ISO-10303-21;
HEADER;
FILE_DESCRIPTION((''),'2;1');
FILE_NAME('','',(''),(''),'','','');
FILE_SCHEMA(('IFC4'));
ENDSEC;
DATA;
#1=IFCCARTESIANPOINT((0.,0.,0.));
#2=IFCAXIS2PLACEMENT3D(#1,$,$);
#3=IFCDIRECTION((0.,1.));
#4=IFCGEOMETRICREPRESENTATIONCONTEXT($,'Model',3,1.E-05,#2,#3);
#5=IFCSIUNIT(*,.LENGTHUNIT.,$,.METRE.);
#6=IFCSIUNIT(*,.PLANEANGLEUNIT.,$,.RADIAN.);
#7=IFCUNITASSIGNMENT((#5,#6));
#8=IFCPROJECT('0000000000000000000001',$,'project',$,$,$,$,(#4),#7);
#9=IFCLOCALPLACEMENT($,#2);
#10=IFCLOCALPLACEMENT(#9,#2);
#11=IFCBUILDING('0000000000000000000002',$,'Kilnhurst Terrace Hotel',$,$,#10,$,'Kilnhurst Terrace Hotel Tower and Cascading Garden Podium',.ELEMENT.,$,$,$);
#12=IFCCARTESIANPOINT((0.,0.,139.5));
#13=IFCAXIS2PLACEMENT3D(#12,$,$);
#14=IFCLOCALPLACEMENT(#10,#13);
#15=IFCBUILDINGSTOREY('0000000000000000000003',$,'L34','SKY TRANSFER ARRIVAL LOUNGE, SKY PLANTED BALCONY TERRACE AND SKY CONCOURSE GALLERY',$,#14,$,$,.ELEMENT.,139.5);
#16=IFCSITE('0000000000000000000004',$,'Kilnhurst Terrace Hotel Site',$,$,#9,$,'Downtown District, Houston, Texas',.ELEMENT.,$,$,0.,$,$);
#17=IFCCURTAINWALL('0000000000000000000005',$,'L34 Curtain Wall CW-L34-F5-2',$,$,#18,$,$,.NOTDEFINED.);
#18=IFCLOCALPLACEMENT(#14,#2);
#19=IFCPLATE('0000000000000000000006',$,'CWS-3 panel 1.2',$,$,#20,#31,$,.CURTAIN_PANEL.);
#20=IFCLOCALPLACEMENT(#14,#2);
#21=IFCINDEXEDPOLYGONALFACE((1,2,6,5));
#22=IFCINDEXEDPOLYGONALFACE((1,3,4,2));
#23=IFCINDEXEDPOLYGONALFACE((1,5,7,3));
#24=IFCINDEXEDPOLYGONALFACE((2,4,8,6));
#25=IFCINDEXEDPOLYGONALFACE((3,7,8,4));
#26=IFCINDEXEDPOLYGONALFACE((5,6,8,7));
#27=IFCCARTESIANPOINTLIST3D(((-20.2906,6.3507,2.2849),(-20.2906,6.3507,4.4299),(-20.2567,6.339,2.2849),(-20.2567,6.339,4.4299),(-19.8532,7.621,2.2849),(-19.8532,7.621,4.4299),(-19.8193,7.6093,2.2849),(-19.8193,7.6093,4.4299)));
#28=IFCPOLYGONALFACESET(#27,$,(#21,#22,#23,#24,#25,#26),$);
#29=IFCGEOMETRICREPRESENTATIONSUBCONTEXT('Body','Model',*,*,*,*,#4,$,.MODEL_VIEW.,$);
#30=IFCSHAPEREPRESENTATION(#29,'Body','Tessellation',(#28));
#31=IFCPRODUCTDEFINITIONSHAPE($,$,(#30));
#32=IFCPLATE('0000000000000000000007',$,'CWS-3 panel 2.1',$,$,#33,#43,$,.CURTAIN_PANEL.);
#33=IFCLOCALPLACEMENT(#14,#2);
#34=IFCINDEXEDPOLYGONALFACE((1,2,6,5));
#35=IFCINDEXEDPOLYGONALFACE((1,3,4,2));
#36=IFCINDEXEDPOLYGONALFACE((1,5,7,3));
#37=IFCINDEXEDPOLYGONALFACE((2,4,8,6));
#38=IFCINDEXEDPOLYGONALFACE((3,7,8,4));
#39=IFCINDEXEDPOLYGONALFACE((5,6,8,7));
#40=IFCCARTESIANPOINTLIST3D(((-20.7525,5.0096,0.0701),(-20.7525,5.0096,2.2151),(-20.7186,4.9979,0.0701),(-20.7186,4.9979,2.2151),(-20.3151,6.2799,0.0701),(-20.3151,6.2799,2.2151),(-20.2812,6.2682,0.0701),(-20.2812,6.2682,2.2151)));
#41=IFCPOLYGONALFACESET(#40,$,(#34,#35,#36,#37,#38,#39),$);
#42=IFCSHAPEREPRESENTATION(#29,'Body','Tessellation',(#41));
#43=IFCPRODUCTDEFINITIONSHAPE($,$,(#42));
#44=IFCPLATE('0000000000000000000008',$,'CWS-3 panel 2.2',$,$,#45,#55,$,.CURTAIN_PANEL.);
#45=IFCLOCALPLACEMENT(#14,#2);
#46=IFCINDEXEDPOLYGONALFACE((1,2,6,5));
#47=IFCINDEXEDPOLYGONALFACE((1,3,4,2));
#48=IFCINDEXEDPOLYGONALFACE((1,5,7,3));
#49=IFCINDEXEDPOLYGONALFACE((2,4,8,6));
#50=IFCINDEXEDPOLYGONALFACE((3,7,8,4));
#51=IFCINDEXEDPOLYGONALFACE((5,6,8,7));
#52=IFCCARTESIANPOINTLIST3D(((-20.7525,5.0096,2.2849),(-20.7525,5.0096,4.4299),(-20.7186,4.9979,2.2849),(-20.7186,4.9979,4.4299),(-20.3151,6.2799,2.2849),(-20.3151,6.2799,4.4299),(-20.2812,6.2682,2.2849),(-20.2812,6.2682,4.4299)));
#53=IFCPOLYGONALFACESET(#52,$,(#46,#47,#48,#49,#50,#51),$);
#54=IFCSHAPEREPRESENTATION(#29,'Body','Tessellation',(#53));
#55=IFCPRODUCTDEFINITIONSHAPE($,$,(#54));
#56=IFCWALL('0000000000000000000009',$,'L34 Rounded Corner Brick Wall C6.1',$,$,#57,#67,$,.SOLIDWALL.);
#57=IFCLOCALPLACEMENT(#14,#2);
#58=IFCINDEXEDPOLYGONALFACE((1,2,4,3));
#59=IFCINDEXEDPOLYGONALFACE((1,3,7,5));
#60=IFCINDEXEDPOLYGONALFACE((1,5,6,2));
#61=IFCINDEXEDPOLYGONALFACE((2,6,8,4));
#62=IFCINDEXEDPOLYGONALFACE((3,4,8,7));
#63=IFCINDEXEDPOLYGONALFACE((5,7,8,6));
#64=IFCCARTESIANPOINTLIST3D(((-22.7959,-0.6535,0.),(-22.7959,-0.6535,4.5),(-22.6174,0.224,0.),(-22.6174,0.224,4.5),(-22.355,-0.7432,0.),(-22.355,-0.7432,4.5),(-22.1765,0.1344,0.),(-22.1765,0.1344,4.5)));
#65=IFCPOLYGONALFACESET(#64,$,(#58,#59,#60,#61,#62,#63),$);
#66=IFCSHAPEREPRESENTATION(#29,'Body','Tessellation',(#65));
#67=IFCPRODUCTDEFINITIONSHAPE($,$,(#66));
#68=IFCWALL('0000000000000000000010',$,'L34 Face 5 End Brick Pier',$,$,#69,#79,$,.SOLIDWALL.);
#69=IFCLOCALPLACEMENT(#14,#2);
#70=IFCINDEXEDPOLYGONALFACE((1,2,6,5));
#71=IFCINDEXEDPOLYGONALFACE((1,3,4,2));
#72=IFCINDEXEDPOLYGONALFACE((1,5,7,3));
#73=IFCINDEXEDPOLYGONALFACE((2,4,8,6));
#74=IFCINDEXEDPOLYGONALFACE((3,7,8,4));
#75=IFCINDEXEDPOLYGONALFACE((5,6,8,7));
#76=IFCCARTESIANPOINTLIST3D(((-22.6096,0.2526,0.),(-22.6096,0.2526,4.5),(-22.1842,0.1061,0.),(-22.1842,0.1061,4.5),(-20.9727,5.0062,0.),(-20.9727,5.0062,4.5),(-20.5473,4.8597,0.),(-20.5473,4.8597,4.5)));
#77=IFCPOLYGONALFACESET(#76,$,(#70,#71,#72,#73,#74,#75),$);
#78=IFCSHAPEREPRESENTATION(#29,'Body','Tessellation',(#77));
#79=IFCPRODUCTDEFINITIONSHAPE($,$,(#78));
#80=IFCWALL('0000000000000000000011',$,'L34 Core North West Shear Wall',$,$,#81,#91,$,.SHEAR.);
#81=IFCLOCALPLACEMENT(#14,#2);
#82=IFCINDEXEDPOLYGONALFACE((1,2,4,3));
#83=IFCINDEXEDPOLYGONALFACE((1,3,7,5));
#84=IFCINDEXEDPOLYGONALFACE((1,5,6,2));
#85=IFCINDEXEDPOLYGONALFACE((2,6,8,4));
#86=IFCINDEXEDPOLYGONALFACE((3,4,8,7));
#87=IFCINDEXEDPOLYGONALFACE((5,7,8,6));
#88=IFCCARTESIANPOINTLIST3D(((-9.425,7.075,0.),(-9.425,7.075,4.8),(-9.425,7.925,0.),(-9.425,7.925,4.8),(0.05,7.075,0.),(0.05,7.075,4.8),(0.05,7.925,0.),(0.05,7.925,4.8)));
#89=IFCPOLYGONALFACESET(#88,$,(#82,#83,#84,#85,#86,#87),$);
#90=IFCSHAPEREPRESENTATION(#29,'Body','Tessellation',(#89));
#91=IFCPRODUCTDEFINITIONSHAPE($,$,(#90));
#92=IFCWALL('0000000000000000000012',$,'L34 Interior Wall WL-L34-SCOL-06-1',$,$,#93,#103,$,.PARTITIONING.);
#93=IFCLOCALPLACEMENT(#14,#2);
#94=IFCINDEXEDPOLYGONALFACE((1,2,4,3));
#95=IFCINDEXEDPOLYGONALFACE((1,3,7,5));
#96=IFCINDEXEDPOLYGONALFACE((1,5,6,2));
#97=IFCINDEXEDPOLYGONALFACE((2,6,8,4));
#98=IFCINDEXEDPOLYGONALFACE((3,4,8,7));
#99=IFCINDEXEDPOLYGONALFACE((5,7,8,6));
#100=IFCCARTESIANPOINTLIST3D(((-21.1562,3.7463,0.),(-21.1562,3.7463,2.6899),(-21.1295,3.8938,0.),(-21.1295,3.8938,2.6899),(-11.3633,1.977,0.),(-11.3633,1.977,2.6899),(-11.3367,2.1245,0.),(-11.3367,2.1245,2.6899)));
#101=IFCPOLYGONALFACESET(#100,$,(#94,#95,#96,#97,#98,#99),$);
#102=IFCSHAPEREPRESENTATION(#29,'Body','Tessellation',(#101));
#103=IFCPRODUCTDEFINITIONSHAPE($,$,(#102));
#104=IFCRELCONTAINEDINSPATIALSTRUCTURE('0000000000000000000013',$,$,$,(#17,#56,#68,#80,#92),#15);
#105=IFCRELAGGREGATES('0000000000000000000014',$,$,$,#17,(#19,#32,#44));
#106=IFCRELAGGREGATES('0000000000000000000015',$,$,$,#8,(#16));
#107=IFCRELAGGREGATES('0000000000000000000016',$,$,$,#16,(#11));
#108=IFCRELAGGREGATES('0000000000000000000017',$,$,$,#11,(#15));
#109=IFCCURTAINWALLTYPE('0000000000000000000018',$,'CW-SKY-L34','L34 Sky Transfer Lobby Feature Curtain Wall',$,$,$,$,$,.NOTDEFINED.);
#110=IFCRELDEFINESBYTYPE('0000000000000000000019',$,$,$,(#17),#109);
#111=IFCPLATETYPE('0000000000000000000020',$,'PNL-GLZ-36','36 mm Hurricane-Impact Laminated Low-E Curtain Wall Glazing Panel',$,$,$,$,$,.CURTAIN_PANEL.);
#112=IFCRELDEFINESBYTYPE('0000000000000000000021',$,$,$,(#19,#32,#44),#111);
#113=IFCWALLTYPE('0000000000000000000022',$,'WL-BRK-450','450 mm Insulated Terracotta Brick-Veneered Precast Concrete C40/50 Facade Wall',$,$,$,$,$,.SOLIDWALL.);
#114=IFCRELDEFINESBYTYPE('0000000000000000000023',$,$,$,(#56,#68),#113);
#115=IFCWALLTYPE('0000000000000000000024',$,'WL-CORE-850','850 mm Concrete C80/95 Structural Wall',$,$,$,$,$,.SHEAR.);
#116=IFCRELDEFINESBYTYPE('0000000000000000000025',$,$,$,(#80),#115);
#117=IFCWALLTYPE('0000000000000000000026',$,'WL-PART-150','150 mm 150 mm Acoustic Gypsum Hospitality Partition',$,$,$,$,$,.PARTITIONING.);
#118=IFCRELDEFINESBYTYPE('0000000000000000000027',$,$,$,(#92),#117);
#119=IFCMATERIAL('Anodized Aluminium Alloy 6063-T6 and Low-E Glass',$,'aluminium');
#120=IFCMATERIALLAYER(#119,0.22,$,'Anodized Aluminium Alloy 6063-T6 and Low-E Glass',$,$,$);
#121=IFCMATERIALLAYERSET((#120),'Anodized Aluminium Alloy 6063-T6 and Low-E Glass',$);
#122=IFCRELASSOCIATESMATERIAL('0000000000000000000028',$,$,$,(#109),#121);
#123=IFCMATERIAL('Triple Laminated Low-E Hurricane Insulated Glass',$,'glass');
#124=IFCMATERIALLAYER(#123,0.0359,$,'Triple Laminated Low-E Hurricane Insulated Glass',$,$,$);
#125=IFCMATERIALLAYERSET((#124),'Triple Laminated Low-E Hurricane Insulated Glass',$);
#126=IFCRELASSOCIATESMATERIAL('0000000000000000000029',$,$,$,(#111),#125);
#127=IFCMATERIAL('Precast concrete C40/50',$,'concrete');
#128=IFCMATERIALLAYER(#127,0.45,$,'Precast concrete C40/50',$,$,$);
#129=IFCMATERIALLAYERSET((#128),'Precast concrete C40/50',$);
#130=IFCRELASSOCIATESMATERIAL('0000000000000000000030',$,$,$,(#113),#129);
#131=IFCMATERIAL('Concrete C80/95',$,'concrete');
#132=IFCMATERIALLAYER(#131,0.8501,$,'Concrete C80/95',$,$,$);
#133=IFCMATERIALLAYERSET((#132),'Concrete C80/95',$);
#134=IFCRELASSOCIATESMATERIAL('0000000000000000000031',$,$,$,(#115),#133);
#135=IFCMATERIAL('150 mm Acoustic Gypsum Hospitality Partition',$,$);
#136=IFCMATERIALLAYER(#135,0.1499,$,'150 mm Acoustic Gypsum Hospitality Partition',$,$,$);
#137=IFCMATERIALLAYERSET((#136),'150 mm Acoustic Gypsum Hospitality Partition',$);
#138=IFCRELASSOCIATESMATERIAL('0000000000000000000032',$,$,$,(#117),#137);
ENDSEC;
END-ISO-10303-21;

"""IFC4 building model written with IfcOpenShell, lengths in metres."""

from ifc_helpers import new_model, si_unit, direction, frame, frame_2d, origin, origin_2d, place, context, subcontext, project, spatial, rectangle, extrude, material, layer, layer_set, type_object, element, aggregate, save


model = new_model("IFC4")

# Units and contexts
model_context = context("Model", 3, precision=1e-05, world=origin(), true_north=direction((0.0, 1.0)))
body_context = subcontext(model_context, "Body", "Model", "MODEL_VIEW")
ifc_project = project(units=[si_unit("LENGTHUNIT", "METRE"), si_unit("PLANEANGLEUNIT", "RADIAN")], contexts=[model_context])

# Site, building, storey
site_placement = place(None, origin())
site = spatial("IfcSite", under=ifc_project, at=site_placement, Name="Kilnhurst Terrace Hotel Site", LongName="Downtown District, Houston, Texas", CompositionType="ELEMENT", RefElevation=0.0)
building_placement = place(site_placement, origin())
building = spatial("IfcBuilding", under=site, at=building_placement, Name="Kilnhurst Terrace Hotel", LongName="Kilnhurst Terrace Hotel Tower and Cascading Garden Podium", CompositionType="ELEMENT")
storey_placement = place(building_placement, frame((0.0, 0.0, 139.5)))
storey = spatial("IfcBuildingStorey", under=building, at=storey_placement, Name="L34", Description="SKY TRANSFER ARRIVAL LOUNGE, SKY PLANTED BALCONY TERRACE AND SKY CONCOURSE GALLERY", CompositionType="ELEMENT", Elevation=139.5)

# Shared definitions
ifc_material_1 = material(Name="Concrete C80/95", Category="concrete")

# Curtain wall
ifc_material_2 = material(Name="Anodized Aluminium Alloy 6063-T6 and Low-E Glass", Category="aluminium")
ifc_layer_1 = layer(ifc_material_2, 0.22, Name="Anodized Aluminium Alloy 6063-T6 and Low-E Glass")
ifc_layer_set_1 = layer_set([ifc_layer_1], Name="Anodized Aluminium Alloy 6063-T6 and Low-E Glass")
curtain_wall_type = type_object("IfcCurtainWallType", Name="CW-SKY-L34", Description="L34 Sky Transfer Lobby Feature Curtain Wall", PredefinedType="NOTDEFINED", material=ifc_layer_set_1)
curtain_wall_placement = place(storey_placement, origin())
curtain_wall = element("IfcCurtainWall", 1, at=curtain_wall_placement, inside=storey, type_object=curtain_wall_type, Name="L34 Curtain Wall CW-L34-F5-2", PredefinedType="NOTDEFINED")

# Plates
ifc_material_3 = material(Name="Triple Laminated Low-E Hurricane Insulated Glass", Category="glass")
ifc_layer_2 = layer(ifc_material_3, 0.0359, Name="Triple Laminated Low-E Hurricane Insulated Glass")
ifc_layer_set_2 = layer_set([ifc_layer_2], Name="Triple Laminated Low-E Hurricane Insulated Glass")
plate_type = type_object("IfcPlateType", Name="PNL-GLZ-36", Description="36 mm Hurricane-Impact Laminated Low-E Curtain Wall Glazing Panel", PredefinedType="CURTAIN_PANEL", material=ifc_layer_set_2)
plate_1_placement = place(storey_placement, frame((-20.0549, 6.98, 2.2849), z_axis=(0.0, 0.0, 1.0), x_axis=(-0.325587, -0.945512, 0.0)))
plate_1 = element("IfcPlate", 2, at=plate_1_placement, type_object=plate_type, Name="CWS-3 panel 1.2", PredefinedType="CURTAIN_PANEL", context=body_context, shape_type="SweptSolid", body=[
    extrude(rectangle(XDim=1.3435, YDim=0.0359, at=origin_2d()), origin(), (0.0, 0.0, 1.0), 2.145),
])
plate_2_placement = place(storey_placement, frame((-20.5168, 5.6389, 0.0701), z_axis=(0.0, 0.0, 1.0), x_axis=(-0.325587, -0.945512, 0.0)))
plate_2 = element("IfcPlate", 3, at=plate_2_placement, type_object=plate_type, Name="CWS-3 panel 2.1", PredefinedType="CURTAIN_PANEL", context=body_context, shape_type="SweptSolid", body=[
    extrude(rectangle(XDim=1.3435, YDim=0.0359, at=origin_2d()), origin(), (0.0, 0.0, 1.0), 2.145),
])
plate_3_placement = place(storey_placement, frame((-20.5168, 5.6389, 2.2849), z_axis=(0.0, 0.0, 1.0), x_axis=(-0.325587, -0.945512, 0.0)))
plate_3 = element("IfcPlate", 4, at=plate_3_placement, type_object=plate_type, Name="CWS-3 panel 2.2", PredefinedType="CURTAIN_PANEL", context=body_context, shape_type="SweptSolid", body=[
    extrude(rectangle(XDim=1.3435, YDim=0.0359, at=origin_2d()), origin(), (0.0, 0.0, 1.0), 2.145),
])
aggregate(curtain_wall, [plate_1, plate_2, plate_3])

# Walls
ifc_material_4 = material(Name="Precast concrete C40/50", Category="concrete")
ifc_layer_3 = layer(ifc_material_4, 0.45, Name="Precast concrete C40/50")
ifc_layer_set_3 = layer_set([ifc_layer_3], Name="Precast concrete C40/50")
wall_type_1 = type_object("IfcWallType", Name="WL-BRK-450", Description="450 mm Insulated Terracotta Brick-Veneered Precast Concrete C40/50 Facade Wall", PredefinedType="SOLIDWALL", material=ifc_layer_set_3)
wall_1_placement = place(storey_placement, frame((-22.397, 0.1792, 0.0), z_axis=(0.0, 0.0, 1.0), x_axis=(-0.199314, -0.979936, 0.0)))
element("IfcWall", 5, at=wall_1_placement, inside=storey, type_object=wall_type_1, Name="L34 Rounded Corner Brick Wall C6.1", PredefinedType="SOLIDWALL", context=body_context, shape_type="SweptSolid", body=[
    extrude(rectangle(XDim=0.8955, YDim=0.45, at=frame_2d((0.4478, 0.0))), origin(), (0.0, 0.0, 1.0), 4.5),
])
wall_2_placement = place(storey_placement, frame((-20.76, 4.9329, 0.0), z_axis=(0.0, 0.0, 1.0), x_axis=(-0.325594, -0.94551, 0.0)))
element("IfcWall", 6, at=wall_2_placement, inside=storey, type_object=wall_type_1, Name="L34 Face 5 End Brick Pier", PredefinedType="SOLIDWALL", context=body_context, shape_type="SweptSolid", body=[
    extrude(rectangle(XDim=5.0276, YDim=0.45, at=frame_2d((2.5137, 0.0))), origin(), (0.0, 0.0, 1.0), 4.5),
])
ifc_layer_4 = layer(ifc_material_1, 0.8501, Name="Concrete C80/95")
ifc_layer_set_4 = layer_set([ifc_layer_4], Name="Concrete C80/95")
wall_type_2 = type_object("IfcWallType", Name="WL-CORE-850", Description="850 mm Concrete C80/95 Structural Wall", PredefinedType="SHEAR", material=ifc_layer_set_4)
wall_3_placement = place(storey_placement, frame((-9.425, 7.5, 0.0), z_axis=(0.0, 0.0, 1.0), x_axis=(1.0, 0.0, 0.0)))
element("IfcWall", 7, at=wall_3_placement, inside=storey, type_object=wall_type_2, Name="L34 Core North West Shear Wall", PredefinedType="SHEAR", context=body_context, shape_type="SweptSolid", body=[
    extrude(rectangle(XDim=9.4751, YDim=0.8501, at=frame_2d((4.7375, 0.0))), origin(), (0.0, 0.0, 1.0), 4.8),
])
ifc_material_5 = material(Name="150 mm Acoustic Gypsum Hospitality Partition")
ifc_layer_5 = layer(ifc_material_5, 0.1499, Name="150 mm Acoustic Gypsum Hospitality Partition")
ifc_layer_set_5 = layer_set([ifc_layer_5], Name="150 mm Acoustic Gypsum Hospitality Partition")
wall_type_3 = type_object("IfcWallType", Name="WL-PART-150", Description="150 mm 150 mm Acoustic Gypsum Hospitality Partition", PredefinedType="PARTITIONING", material=ifc_layer_set_5)
wall_4_placement = place(storey_placement, frame((-11.3501, 2.0508, 0.0), z_axis=(0.0, 0.0, 1.0), x_axis=(-0.984068, 0.177791, 0.0)))
element("IfcWall", 8, at=wall_4_placement, inside=storey, type_object=wall_type_3, Name="L34 Interior Wall WL-L34-SCOL-06-1", PredefinedType="PARTITIONING", context=body_context, shape_type="SweptSolid", body=[
    extrude(rectangle(XDim=9.9514, YDim=0.1499, at=frame_2d((4.9756, 0.0))), origin(), (0.0, 0.0, 1.0), 2.6899),
])

save(model, "model.ifc")
